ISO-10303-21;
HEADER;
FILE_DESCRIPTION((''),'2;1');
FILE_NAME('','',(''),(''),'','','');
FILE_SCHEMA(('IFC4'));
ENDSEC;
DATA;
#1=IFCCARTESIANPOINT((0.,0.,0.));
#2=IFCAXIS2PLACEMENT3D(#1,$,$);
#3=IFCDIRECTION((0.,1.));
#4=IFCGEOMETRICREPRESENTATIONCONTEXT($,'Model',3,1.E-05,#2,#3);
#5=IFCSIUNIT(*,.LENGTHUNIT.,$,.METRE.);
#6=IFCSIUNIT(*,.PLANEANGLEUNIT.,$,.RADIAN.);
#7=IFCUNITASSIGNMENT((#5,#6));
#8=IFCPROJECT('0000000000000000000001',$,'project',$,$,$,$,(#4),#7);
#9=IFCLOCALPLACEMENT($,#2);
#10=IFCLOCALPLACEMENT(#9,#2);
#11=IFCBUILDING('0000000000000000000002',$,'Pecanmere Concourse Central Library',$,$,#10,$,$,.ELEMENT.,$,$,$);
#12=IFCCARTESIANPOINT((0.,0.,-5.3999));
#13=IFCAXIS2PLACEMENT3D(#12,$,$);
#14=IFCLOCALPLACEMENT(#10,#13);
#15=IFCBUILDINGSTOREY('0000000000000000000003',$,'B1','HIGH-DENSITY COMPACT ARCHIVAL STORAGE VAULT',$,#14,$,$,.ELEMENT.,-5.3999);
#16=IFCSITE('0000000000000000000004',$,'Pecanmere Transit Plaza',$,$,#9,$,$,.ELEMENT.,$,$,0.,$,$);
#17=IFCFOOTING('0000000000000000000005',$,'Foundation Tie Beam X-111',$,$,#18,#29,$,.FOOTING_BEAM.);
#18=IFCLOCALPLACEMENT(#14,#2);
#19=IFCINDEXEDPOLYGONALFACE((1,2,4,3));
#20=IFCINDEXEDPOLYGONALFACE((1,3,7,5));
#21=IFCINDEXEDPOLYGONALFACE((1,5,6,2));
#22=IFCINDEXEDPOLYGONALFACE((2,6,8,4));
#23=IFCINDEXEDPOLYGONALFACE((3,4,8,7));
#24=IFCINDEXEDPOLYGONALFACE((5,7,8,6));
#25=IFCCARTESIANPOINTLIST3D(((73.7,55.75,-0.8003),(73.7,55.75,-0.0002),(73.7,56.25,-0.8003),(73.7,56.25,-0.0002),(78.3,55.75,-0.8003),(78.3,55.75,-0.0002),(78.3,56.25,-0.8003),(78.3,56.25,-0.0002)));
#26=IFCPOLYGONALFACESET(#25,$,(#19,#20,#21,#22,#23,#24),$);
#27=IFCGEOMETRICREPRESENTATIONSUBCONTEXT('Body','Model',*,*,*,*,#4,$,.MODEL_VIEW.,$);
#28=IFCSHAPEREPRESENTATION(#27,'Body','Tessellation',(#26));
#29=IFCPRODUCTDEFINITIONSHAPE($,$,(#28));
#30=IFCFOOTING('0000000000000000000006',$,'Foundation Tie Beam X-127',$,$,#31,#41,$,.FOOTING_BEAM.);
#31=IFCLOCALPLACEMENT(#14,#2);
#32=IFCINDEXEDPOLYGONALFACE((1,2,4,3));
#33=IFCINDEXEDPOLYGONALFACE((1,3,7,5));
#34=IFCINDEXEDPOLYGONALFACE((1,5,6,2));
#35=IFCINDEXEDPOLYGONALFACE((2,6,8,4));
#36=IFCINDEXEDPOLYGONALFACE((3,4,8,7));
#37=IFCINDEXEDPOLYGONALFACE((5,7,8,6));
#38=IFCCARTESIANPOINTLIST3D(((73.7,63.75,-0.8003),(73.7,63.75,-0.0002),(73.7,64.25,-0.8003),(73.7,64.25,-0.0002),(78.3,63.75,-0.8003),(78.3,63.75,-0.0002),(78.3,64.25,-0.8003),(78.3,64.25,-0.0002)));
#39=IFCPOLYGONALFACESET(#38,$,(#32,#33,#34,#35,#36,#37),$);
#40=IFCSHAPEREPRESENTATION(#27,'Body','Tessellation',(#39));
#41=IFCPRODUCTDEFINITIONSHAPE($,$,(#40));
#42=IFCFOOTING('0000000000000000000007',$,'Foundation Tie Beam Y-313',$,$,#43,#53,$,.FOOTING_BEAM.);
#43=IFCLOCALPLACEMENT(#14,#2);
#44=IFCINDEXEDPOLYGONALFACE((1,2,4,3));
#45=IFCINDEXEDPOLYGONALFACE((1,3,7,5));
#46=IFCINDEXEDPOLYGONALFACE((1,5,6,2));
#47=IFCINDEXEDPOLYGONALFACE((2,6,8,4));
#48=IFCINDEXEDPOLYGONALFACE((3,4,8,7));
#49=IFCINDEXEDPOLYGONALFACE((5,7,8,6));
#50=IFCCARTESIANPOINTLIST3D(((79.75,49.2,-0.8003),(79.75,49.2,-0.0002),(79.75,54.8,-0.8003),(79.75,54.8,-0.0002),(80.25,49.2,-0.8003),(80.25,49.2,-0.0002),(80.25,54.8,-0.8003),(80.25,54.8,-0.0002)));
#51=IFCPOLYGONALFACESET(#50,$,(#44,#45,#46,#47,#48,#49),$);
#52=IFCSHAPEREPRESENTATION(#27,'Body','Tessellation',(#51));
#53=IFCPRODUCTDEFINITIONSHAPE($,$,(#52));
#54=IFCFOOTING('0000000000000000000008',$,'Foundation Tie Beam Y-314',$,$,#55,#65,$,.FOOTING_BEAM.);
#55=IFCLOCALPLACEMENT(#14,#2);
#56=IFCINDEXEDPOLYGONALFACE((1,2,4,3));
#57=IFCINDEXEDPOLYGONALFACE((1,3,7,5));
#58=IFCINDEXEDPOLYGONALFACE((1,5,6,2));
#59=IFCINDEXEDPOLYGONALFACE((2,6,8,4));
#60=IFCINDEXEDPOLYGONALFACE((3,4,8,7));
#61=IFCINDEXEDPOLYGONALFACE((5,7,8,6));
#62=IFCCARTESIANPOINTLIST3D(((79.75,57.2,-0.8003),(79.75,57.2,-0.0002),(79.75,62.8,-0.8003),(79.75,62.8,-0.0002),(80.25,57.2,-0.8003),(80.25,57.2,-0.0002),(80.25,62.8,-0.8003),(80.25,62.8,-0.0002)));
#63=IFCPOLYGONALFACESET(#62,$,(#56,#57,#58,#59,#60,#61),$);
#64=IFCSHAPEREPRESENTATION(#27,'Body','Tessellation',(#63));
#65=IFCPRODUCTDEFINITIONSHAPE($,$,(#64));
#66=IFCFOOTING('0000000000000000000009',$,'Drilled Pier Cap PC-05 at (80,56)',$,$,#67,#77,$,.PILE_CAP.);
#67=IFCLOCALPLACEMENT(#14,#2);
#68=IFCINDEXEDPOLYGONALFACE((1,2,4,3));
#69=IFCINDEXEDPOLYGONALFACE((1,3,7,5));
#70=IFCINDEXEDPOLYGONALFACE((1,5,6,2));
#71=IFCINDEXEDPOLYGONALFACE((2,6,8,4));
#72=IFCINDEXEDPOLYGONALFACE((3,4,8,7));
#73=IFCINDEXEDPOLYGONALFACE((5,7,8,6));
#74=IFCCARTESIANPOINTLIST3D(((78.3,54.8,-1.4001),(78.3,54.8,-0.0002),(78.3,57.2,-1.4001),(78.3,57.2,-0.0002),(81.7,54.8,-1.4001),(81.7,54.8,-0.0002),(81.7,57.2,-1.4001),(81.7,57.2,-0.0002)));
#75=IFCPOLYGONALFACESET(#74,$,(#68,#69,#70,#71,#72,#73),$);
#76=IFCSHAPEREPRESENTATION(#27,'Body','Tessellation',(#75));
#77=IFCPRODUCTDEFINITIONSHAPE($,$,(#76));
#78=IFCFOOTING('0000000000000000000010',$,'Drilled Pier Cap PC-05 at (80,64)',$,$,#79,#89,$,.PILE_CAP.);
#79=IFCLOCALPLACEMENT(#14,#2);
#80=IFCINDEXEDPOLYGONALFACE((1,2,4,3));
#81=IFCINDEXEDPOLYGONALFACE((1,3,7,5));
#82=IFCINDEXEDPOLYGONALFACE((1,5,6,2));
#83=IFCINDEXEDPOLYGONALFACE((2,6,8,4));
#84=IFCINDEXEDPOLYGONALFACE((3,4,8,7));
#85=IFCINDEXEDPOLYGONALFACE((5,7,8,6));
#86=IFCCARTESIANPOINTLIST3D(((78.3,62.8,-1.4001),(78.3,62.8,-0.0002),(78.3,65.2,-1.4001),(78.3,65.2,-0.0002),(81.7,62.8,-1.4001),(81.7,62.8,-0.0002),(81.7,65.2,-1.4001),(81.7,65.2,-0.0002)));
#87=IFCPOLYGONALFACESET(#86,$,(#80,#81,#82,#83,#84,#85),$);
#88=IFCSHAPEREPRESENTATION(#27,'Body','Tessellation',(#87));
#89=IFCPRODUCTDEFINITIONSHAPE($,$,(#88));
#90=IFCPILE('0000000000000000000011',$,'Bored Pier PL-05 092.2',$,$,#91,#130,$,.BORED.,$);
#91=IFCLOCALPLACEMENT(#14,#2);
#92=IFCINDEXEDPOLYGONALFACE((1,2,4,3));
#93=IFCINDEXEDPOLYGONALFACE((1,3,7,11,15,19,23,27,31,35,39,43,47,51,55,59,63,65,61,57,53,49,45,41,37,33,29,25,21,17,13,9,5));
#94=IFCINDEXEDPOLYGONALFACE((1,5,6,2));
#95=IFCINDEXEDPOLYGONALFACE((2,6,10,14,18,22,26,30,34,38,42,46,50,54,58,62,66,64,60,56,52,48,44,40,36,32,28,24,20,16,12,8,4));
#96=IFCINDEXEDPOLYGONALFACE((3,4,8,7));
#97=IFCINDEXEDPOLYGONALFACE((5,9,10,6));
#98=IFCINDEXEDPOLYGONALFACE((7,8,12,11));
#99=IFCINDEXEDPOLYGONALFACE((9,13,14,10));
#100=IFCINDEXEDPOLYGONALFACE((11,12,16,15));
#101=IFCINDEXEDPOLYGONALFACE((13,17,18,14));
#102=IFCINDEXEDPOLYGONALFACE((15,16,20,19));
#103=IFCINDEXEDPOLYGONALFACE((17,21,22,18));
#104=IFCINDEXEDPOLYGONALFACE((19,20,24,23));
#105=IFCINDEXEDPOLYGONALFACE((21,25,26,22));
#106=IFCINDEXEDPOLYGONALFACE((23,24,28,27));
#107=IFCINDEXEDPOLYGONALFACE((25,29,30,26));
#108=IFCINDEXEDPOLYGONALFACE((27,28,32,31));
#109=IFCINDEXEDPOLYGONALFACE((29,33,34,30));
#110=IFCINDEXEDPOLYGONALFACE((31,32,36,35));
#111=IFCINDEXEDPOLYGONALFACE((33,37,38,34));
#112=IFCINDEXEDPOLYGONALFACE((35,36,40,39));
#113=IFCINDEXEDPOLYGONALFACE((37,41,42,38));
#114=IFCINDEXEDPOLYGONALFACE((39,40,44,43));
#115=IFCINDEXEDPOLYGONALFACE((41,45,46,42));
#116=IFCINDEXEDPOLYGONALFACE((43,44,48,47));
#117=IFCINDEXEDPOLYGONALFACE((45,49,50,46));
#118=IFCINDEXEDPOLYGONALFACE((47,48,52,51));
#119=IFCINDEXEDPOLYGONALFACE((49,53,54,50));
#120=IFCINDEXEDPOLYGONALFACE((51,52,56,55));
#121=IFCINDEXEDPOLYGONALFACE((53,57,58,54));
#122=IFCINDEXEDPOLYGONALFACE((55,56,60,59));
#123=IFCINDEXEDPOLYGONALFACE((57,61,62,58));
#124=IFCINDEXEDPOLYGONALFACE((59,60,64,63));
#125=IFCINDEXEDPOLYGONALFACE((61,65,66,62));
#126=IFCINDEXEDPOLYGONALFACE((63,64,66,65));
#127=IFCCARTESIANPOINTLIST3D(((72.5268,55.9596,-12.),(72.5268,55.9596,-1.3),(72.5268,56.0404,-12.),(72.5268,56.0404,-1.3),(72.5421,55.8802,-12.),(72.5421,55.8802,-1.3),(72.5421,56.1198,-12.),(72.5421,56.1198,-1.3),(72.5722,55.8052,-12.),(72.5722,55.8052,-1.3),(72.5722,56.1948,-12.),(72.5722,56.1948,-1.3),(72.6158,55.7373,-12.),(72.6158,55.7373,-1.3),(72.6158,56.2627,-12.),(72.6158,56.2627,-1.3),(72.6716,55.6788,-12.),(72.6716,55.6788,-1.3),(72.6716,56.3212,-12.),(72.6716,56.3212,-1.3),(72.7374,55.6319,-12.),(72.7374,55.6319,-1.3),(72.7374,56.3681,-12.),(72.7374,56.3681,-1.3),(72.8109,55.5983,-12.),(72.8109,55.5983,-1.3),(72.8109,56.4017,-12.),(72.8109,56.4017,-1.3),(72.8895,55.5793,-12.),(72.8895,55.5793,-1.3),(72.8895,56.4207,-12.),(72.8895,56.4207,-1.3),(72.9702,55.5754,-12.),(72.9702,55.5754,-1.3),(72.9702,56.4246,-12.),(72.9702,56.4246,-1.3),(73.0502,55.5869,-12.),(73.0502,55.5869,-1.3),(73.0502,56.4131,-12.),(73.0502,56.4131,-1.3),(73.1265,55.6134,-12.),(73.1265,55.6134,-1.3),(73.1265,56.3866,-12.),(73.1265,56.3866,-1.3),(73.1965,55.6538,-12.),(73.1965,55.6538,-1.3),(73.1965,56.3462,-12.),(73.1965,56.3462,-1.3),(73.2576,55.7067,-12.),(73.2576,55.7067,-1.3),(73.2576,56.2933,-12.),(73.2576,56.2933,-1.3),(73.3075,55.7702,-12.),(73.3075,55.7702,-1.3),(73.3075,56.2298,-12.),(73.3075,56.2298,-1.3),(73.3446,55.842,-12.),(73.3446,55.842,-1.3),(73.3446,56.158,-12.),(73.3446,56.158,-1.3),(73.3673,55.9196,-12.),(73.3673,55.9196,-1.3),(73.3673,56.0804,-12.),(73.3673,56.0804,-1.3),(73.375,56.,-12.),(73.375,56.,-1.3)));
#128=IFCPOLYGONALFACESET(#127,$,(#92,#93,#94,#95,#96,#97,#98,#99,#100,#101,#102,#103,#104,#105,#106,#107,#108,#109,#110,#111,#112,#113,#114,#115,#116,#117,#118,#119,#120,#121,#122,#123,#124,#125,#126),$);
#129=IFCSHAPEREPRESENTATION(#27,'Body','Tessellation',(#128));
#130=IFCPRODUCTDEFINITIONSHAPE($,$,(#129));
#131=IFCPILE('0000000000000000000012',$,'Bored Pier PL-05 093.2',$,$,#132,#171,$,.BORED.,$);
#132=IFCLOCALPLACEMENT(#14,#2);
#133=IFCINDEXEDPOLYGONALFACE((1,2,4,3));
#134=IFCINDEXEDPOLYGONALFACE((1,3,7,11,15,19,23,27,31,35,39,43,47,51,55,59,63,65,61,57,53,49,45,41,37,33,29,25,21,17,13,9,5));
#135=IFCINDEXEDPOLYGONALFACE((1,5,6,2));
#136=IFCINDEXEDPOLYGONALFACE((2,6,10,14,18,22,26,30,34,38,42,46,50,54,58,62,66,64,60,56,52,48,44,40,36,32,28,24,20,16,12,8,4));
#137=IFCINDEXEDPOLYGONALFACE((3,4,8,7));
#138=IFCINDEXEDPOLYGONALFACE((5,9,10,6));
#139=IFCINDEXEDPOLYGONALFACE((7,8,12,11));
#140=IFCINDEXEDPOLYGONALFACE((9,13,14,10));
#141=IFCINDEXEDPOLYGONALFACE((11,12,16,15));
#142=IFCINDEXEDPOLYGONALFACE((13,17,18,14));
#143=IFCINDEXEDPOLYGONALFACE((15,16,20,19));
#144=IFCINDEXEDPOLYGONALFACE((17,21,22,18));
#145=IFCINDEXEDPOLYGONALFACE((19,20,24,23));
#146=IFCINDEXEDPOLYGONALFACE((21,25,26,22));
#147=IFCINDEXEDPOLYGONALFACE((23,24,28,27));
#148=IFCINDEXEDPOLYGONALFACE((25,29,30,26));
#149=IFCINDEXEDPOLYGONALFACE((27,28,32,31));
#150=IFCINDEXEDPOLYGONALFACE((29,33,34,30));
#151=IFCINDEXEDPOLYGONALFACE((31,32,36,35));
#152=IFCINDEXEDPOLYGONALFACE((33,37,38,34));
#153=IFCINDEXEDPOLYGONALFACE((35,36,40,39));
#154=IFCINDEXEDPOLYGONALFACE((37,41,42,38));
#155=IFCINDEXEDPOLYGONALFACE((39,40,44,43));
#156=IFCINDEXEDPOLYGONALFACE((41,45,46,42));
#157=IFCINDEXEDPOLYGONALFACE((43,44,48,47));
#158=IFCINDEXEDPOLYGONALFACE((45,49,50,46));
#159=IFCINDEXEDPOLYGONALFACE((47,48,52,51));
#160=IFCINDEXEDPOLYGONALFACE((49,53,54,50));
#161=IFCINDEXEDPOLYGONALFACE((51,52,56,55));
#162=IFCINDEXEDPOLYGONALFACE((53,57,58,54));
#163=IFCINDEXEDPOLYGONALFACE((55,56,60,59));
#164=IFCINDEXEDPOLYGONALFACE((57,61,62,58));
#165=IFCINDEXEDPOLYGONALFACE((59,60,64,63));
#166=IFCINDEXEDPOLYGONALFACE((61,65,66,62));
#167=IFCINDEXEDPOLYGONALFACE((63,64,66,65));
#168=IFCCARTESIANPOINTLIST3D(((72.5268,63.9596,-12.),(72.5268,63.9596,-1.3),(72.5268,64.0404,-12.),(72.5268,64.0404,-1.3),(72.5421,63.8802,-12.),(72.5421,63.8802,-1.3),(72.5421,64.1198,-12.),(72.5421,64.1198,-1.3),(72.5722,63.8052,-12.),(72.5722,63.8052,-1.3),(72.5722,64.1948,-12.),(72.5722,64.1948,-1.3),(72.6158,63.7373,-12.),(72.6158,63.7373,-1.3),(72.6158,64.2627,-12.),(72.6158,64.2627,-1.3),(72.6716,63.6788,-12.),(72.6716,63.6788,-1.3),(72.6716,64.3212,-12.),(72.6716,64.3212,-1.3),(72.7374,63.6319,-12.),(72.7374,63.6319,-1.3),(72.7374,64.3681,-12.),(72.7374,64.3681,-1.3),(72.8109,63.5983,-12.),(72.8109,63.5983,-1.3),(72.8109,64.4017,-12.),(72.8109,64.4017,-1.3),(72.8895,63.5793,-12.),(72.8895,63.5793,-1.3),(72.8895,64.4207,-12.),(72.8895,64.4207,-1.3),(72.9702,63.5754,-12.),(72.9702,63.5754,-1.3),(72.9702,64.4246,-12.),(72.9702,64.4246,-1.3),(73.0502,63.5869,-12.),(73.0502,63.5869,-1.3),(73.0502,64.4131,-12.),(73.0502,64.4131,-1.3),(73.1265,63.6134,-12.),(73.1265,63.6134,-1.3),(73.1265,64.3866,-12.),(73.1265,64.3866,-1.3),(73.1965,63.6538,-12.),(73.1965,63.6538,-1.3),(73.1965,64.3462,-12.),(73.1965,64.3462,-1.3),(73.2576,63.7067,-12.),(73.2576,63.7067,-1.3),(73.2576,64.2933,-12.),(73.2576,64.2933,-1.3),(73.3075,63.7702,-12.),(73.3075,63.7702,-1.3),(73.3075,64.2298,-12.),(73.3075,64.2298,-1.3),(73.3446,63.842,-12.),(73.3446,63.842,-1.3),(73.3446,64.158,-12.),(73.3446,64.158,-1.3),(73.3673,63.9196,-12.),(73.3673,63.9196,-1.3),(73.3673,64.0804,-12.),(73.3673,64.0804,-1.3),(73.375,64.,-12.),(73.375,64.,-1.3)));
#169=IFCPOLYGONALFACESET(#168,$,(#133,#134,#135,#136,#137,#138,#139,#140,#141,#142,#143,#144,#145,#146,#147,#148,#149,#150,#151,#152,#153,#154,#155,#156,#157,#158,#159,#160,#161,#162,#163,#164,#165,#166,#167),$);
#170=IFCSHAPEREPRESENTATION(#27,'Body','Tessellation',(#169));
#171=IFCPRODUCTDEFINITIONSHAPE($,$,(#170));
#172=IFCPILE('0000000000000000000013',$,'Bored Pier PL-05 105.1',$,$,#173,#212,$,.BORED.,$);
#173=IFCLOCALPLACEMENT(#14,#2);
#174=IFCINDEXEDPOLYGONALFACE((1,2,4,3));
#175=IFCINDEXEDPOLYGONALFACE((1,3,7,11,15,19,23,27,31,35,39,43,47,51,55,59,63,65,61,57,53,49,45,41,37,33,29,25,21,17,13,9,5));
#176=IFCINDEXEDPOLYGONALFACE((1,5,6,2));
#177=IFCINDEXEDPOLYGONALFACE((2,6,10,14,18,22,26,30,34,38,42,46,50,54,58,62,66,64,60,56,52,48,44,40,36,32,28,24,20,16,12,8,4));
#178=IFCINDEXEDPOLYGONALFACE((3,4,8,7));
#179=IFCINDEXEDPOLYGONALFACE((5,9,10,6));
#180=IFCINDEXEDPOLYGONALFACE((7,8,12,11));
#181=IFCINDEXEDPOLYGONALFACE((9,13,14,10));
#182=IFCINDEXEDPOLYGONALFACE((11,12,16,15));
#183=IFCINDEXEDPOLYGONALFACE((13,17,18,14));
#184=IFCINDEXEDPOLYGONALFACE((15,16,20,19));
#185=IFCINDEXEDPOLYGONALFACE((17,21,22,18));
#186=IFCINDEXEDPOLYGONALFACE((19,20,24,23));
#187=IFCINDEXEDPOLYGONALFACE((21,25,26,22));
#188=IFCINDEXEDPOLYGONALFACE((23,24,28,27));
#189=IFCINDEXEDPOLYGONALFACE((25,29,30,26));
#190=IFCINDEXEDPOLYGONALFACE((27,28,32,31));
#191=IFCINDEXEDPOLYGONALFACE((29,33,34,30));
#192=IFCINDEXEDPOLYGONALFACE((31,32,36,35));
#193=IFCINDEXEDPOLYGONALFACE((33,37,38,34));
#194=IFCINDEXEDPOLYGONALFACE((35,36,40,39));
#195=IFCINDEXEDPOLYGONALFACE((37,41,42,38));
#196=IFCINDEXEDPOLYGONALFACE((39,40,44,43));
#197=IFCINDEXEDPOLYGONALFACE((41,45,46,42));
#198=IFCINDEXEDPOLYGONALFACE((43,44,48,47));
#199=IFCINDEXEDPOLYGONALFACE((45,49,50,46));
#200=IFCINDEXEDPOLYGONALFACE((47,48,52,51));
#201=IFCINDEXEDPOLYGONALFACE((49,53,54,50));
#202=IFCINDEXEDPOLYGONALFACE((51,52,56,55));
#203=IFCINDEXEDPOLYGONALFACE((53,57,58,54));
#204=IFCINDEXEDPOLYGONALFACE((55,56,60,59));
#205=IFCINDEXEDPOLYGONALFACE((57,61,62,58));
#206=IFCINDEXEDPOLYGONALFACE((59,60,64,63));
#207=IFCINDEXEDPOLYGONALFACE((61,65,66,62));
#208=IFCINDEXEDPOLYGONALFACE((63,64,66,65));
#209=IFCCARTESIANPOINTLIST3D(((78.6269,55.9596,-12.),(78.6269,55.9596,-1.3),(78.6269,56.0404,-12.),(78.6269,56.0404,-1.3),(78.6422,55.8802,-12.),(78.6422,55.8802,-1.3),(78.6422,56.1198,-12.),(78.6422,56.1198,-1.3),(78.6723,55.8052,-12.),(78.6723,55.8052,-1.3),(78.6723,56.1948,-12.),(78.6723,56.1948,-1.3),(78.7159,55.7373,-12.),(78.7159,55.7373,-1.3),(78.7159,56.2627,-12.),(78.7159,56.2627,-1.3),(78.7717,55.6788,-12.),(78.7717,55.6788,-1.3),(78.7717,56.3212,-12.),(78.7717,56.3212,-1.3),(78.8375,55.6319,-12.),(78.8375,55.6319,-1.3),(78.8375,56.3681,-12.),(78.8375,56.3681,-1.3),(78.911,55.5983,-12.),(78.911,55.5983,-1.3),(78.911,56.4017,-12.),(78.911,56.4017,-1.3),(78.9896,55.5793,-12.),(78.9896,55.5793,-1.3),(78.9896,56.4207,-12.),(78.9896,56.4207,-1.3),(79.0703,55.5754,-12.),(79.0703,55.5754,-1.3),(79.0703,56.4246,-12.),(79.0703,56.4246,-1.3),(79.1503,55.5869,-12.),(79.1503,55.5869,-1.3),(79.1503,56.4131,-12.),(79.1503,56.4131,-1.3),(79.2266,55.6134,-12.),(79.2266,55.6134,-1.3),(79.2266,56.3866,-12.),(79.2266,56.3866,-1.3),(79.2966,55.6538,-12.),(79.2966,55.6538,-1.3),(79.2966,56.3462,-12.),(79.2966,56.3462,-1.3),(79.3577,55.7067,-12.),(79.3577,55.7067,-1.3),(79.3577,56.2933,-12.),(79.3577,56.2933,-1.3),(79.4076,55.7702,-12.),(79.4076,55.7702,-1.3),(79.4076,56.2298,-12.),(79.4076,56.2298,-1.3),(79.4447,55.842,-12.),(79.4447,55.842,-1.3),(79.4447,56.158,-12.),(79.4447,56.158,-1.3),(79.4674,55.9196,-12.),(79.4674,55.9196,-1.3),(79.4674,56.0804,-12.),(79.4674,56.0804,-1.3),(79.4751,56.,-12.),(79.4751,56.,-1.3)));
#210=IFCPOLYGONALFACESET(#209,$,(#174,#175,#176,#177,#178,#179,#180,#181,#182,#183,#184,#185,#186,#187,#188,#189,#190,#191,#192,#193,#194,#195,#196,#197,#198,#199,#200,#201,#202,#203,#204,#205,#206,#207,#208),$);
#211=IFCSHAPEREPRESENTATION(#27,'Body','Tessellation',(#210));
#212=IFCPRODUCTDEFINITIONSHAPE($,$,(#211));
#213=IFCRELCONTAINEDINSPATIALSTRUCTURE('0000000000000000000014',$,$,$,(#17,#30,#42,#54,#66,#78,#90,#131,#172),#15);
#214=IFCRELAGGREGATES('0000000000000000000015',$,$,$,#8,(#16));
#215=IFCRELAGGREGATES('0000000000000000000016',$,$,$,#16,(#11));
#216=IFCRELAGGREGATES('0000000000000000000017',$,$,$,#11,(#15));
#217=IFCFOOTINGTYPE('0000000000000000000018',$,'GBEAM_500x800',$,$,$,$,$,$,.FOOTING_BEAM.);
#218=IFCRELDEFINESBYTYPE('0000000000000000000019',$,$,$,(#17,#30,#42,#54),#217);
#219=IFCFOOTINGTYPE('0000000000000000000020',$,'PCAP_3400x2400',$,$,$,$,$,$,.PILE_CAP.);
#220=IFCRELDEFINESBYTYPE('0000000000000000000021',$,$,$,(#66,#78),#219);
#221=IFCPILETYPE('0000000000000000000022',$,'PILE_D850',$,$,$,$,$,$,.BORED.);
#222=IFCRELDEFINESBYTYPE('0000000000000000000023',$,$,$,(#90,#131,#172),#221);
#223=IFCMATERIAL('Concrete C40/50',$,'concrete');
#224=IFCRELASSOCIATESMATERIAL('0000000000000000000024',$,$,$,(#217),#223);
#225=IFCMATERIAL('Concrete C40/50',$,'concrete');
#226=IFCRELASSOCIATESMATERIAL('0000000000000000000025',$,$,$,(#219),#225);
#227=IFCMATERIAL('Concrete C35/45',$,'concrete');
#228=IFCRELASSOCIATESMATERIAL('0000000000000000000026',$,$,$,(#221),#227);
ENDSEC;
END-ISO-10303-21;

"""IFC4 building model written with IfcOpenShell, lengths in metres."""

from ifc_helpers import new_model, si_unit, direction, frame, origin, origin_2d, place, context, subcontext, project, spatial, rectangle, circle, extrude, material, material_profile, profile_set, type_object, element, save


model = new_model("IFC4")

# Units and contexts
model_context = context("Model", 3, precision=1e-05, world=origin(), true_north=direction((0.0, 1.0)))
body_context = subcontext(model_context, "Body", "Model", "MODEL_VIEW")
ifc_project = project(units=[si_unit("LENGTHUNIT", "METRE"), si_unit("PLANEANGLEUNIT", "RADIAN")], contexts=[model_context])

# Site, building, storey
site_placement = place(None, origin())
site = spatial("IfcSite", under=ifc_project, at=site_placement, Name="Pecanmere Transit Plaza", CompositionType="ELEMENT", RefElevation=0.0)
building_placement = place(site_placement, origin())
building = spatial("IfcBuilding", under=site, at=building_placement, Name="Pecanmere Concourse Central Library", CompositionType="ELEMENT")
storey_placement = place(building_placement, frame((0.0, 0.0, -5.3999)))
storey = spatial("IfcBuildingStorey", under=building, at=storey_placement, Name="B1", Description="HIGH-DENSITY COMPACT ARCHIVAL STORAGE VAULT", CompositionType="ELEMENT", Elevation=-5.3999)

# Footings
ifc_material_1 = material(Name="Concrete C40/50", Category="concrete")
ifc_material_profile_1 = material_profile(ifc_material_1, rectangle(XDim=0.5, YDim=0.8, at=origin_2d()), Name="RC 500x800")
ifc_profile_set_1 = profile_set([ifc_material_profile_1], Name="Concrete C40/50")
footing_type_1 = type_object("IfcFootingType", Name="GBEAM_500x800", PredefinedType="FOOTING_BEAM", material=ifc_profile_set_1)
for number, where, z_axis, x_axis, name in (
    (1, (76.0, 56.0, -0.8003), (0.0, 0.0, 1.0), (1.0, 0.0, 0.0), "Foundation Tie Beam X-111"),
    (2, (76.0, 64.0, -0.8003), (0.0, 0.0, 1.0), (1.0, 0.0, 0.0), "Foundation Tie Beam X-127"),
):
    element("IfcFooting", number, at=place(storey_placement, frame(where, z_axis=z_axis, x_axis=x_axis)), inside=storey, type_object=footing_type_1, Name=name, PredefinedType="FOOTING_BEAM", context=body_context, shape_type="SweptSolid", body=[
        extrude(rectangle(XDim=4.6001, YDim=0.5, at=origin_2d()), origin(), (0.0, 0.0, 1.0), 0.8),
    ])
for number, where, z_axis, x_axis, name in (
    (3, (80.0, 52.0, -0.8003), (0.0, 0.0, 1.0), (0.0, 1.0, 0.0), "Foundation Tie Beam Y-313"),
    (4, (80.0, 60.0, -0.8003), (0.0, 0.0, 1.0), (0.0, 1.0, 0.0), "Foundation Tie Beam Y-314"),
):
    element("IfcFooting", number, at=place(storey_placement, frame(where, z_axis=z_axis, x_axis=x_axis)), inside=storey, type_object=footing_type_1, Name=name, PredefinedType="FOOTING_BEAM", context=body_context, shape_type="SweptSolid", body=[
        extrude(rectangle(XDim=5.6001, YDim=0.5, at=origin_2d()), origin(), (0.0, 0.0, 1.0), 0.8),
    ])
ifc_material_2 = material(Name="Concrete C40/50", Category="concrete")
footing_type_2 = type_object("IfcFootingType", Name="PCAP_3400x2400", PredefinedType="PILE_CAP", material=ifc_material_2)
for number, where, z_axis, x_axis, name in (
    (5, (80.0, 56.0, -1.4001), (0.0, 0.0, 1.0), (1.0, 0.0, 0.0), "Drilled Pier Cap PC-05 at (80,56)"),
    (6, (80.0, 64.0, -1.4001), (0.0, 0.0, 1.0), (1.0, 0.0, 0.0), "Drilled Pier Cap PC-05 at (80,64)"),
):
    element("IfcFooting", number, at=place(storey_placement, frame(where, z_axis=z_axis, x_axis=x_axis)), inside=storey, type_object=footing_type_2, Name=name, PredefinedType="PILE_CAP", context=body_context, shape_type="SweptSolid", body=[
        extrude(rectangle(XDim=3.3999, YDim=2.3999, at=origin_2d()), origin(), (0.0, 0.0, 1.0), 1.3999),
    ])

# Piles
ifc_material_3 = material(Name="Concrete C35/45", Category="concrete")
ifc_material_profile_2 = material_profile(ifc_material_3, circle(Radius=0.425, at=origin_2d()), Name="PIER D850")
ifc_profile_set_2 = profile_set([ifc_material_profile_2], Name="Concrete C35/45")
pile_type = type_object("IfcPileType", Name="PILE_D850", PredefinedType="BORED", material=ifc_profile_set_2)
for number, where, z_axis, x_axis, name in (
    (7, (72.95, 56.0, -1.3), (0.0, 0.0, -1.0), (1.0, 0.0, 0.0), "Bored Pier PL-05 092.2"),
    (8, (72.95, 64.0, -1.3), (0.0, 0.0, -1.0), (1.0, 0.0, 0.0), "Bored Pier PL-05 093.2"),
    (9, (79.05, 56.0, -1.3), (0.0, 0.0, -1.0), (1.0, 0.0, 0.0), "Bored Pier PL-05 105.1"),
):
    element("IfcPile", number, at=place(storey_placement, frame(where, z_axis=z_axis, x_axis=x_axis)), inside=storey, type_object=pile_type, Name=name, PredefinedType="BORED", context=body_context, shape_type="SweptSolid", body=[
        extrude(circle(Radius=0.425, at=origin_2d()), origin(), (0.0, 0.0, 1.0), 10.7),
    ])

save(model, "model.ifc")
